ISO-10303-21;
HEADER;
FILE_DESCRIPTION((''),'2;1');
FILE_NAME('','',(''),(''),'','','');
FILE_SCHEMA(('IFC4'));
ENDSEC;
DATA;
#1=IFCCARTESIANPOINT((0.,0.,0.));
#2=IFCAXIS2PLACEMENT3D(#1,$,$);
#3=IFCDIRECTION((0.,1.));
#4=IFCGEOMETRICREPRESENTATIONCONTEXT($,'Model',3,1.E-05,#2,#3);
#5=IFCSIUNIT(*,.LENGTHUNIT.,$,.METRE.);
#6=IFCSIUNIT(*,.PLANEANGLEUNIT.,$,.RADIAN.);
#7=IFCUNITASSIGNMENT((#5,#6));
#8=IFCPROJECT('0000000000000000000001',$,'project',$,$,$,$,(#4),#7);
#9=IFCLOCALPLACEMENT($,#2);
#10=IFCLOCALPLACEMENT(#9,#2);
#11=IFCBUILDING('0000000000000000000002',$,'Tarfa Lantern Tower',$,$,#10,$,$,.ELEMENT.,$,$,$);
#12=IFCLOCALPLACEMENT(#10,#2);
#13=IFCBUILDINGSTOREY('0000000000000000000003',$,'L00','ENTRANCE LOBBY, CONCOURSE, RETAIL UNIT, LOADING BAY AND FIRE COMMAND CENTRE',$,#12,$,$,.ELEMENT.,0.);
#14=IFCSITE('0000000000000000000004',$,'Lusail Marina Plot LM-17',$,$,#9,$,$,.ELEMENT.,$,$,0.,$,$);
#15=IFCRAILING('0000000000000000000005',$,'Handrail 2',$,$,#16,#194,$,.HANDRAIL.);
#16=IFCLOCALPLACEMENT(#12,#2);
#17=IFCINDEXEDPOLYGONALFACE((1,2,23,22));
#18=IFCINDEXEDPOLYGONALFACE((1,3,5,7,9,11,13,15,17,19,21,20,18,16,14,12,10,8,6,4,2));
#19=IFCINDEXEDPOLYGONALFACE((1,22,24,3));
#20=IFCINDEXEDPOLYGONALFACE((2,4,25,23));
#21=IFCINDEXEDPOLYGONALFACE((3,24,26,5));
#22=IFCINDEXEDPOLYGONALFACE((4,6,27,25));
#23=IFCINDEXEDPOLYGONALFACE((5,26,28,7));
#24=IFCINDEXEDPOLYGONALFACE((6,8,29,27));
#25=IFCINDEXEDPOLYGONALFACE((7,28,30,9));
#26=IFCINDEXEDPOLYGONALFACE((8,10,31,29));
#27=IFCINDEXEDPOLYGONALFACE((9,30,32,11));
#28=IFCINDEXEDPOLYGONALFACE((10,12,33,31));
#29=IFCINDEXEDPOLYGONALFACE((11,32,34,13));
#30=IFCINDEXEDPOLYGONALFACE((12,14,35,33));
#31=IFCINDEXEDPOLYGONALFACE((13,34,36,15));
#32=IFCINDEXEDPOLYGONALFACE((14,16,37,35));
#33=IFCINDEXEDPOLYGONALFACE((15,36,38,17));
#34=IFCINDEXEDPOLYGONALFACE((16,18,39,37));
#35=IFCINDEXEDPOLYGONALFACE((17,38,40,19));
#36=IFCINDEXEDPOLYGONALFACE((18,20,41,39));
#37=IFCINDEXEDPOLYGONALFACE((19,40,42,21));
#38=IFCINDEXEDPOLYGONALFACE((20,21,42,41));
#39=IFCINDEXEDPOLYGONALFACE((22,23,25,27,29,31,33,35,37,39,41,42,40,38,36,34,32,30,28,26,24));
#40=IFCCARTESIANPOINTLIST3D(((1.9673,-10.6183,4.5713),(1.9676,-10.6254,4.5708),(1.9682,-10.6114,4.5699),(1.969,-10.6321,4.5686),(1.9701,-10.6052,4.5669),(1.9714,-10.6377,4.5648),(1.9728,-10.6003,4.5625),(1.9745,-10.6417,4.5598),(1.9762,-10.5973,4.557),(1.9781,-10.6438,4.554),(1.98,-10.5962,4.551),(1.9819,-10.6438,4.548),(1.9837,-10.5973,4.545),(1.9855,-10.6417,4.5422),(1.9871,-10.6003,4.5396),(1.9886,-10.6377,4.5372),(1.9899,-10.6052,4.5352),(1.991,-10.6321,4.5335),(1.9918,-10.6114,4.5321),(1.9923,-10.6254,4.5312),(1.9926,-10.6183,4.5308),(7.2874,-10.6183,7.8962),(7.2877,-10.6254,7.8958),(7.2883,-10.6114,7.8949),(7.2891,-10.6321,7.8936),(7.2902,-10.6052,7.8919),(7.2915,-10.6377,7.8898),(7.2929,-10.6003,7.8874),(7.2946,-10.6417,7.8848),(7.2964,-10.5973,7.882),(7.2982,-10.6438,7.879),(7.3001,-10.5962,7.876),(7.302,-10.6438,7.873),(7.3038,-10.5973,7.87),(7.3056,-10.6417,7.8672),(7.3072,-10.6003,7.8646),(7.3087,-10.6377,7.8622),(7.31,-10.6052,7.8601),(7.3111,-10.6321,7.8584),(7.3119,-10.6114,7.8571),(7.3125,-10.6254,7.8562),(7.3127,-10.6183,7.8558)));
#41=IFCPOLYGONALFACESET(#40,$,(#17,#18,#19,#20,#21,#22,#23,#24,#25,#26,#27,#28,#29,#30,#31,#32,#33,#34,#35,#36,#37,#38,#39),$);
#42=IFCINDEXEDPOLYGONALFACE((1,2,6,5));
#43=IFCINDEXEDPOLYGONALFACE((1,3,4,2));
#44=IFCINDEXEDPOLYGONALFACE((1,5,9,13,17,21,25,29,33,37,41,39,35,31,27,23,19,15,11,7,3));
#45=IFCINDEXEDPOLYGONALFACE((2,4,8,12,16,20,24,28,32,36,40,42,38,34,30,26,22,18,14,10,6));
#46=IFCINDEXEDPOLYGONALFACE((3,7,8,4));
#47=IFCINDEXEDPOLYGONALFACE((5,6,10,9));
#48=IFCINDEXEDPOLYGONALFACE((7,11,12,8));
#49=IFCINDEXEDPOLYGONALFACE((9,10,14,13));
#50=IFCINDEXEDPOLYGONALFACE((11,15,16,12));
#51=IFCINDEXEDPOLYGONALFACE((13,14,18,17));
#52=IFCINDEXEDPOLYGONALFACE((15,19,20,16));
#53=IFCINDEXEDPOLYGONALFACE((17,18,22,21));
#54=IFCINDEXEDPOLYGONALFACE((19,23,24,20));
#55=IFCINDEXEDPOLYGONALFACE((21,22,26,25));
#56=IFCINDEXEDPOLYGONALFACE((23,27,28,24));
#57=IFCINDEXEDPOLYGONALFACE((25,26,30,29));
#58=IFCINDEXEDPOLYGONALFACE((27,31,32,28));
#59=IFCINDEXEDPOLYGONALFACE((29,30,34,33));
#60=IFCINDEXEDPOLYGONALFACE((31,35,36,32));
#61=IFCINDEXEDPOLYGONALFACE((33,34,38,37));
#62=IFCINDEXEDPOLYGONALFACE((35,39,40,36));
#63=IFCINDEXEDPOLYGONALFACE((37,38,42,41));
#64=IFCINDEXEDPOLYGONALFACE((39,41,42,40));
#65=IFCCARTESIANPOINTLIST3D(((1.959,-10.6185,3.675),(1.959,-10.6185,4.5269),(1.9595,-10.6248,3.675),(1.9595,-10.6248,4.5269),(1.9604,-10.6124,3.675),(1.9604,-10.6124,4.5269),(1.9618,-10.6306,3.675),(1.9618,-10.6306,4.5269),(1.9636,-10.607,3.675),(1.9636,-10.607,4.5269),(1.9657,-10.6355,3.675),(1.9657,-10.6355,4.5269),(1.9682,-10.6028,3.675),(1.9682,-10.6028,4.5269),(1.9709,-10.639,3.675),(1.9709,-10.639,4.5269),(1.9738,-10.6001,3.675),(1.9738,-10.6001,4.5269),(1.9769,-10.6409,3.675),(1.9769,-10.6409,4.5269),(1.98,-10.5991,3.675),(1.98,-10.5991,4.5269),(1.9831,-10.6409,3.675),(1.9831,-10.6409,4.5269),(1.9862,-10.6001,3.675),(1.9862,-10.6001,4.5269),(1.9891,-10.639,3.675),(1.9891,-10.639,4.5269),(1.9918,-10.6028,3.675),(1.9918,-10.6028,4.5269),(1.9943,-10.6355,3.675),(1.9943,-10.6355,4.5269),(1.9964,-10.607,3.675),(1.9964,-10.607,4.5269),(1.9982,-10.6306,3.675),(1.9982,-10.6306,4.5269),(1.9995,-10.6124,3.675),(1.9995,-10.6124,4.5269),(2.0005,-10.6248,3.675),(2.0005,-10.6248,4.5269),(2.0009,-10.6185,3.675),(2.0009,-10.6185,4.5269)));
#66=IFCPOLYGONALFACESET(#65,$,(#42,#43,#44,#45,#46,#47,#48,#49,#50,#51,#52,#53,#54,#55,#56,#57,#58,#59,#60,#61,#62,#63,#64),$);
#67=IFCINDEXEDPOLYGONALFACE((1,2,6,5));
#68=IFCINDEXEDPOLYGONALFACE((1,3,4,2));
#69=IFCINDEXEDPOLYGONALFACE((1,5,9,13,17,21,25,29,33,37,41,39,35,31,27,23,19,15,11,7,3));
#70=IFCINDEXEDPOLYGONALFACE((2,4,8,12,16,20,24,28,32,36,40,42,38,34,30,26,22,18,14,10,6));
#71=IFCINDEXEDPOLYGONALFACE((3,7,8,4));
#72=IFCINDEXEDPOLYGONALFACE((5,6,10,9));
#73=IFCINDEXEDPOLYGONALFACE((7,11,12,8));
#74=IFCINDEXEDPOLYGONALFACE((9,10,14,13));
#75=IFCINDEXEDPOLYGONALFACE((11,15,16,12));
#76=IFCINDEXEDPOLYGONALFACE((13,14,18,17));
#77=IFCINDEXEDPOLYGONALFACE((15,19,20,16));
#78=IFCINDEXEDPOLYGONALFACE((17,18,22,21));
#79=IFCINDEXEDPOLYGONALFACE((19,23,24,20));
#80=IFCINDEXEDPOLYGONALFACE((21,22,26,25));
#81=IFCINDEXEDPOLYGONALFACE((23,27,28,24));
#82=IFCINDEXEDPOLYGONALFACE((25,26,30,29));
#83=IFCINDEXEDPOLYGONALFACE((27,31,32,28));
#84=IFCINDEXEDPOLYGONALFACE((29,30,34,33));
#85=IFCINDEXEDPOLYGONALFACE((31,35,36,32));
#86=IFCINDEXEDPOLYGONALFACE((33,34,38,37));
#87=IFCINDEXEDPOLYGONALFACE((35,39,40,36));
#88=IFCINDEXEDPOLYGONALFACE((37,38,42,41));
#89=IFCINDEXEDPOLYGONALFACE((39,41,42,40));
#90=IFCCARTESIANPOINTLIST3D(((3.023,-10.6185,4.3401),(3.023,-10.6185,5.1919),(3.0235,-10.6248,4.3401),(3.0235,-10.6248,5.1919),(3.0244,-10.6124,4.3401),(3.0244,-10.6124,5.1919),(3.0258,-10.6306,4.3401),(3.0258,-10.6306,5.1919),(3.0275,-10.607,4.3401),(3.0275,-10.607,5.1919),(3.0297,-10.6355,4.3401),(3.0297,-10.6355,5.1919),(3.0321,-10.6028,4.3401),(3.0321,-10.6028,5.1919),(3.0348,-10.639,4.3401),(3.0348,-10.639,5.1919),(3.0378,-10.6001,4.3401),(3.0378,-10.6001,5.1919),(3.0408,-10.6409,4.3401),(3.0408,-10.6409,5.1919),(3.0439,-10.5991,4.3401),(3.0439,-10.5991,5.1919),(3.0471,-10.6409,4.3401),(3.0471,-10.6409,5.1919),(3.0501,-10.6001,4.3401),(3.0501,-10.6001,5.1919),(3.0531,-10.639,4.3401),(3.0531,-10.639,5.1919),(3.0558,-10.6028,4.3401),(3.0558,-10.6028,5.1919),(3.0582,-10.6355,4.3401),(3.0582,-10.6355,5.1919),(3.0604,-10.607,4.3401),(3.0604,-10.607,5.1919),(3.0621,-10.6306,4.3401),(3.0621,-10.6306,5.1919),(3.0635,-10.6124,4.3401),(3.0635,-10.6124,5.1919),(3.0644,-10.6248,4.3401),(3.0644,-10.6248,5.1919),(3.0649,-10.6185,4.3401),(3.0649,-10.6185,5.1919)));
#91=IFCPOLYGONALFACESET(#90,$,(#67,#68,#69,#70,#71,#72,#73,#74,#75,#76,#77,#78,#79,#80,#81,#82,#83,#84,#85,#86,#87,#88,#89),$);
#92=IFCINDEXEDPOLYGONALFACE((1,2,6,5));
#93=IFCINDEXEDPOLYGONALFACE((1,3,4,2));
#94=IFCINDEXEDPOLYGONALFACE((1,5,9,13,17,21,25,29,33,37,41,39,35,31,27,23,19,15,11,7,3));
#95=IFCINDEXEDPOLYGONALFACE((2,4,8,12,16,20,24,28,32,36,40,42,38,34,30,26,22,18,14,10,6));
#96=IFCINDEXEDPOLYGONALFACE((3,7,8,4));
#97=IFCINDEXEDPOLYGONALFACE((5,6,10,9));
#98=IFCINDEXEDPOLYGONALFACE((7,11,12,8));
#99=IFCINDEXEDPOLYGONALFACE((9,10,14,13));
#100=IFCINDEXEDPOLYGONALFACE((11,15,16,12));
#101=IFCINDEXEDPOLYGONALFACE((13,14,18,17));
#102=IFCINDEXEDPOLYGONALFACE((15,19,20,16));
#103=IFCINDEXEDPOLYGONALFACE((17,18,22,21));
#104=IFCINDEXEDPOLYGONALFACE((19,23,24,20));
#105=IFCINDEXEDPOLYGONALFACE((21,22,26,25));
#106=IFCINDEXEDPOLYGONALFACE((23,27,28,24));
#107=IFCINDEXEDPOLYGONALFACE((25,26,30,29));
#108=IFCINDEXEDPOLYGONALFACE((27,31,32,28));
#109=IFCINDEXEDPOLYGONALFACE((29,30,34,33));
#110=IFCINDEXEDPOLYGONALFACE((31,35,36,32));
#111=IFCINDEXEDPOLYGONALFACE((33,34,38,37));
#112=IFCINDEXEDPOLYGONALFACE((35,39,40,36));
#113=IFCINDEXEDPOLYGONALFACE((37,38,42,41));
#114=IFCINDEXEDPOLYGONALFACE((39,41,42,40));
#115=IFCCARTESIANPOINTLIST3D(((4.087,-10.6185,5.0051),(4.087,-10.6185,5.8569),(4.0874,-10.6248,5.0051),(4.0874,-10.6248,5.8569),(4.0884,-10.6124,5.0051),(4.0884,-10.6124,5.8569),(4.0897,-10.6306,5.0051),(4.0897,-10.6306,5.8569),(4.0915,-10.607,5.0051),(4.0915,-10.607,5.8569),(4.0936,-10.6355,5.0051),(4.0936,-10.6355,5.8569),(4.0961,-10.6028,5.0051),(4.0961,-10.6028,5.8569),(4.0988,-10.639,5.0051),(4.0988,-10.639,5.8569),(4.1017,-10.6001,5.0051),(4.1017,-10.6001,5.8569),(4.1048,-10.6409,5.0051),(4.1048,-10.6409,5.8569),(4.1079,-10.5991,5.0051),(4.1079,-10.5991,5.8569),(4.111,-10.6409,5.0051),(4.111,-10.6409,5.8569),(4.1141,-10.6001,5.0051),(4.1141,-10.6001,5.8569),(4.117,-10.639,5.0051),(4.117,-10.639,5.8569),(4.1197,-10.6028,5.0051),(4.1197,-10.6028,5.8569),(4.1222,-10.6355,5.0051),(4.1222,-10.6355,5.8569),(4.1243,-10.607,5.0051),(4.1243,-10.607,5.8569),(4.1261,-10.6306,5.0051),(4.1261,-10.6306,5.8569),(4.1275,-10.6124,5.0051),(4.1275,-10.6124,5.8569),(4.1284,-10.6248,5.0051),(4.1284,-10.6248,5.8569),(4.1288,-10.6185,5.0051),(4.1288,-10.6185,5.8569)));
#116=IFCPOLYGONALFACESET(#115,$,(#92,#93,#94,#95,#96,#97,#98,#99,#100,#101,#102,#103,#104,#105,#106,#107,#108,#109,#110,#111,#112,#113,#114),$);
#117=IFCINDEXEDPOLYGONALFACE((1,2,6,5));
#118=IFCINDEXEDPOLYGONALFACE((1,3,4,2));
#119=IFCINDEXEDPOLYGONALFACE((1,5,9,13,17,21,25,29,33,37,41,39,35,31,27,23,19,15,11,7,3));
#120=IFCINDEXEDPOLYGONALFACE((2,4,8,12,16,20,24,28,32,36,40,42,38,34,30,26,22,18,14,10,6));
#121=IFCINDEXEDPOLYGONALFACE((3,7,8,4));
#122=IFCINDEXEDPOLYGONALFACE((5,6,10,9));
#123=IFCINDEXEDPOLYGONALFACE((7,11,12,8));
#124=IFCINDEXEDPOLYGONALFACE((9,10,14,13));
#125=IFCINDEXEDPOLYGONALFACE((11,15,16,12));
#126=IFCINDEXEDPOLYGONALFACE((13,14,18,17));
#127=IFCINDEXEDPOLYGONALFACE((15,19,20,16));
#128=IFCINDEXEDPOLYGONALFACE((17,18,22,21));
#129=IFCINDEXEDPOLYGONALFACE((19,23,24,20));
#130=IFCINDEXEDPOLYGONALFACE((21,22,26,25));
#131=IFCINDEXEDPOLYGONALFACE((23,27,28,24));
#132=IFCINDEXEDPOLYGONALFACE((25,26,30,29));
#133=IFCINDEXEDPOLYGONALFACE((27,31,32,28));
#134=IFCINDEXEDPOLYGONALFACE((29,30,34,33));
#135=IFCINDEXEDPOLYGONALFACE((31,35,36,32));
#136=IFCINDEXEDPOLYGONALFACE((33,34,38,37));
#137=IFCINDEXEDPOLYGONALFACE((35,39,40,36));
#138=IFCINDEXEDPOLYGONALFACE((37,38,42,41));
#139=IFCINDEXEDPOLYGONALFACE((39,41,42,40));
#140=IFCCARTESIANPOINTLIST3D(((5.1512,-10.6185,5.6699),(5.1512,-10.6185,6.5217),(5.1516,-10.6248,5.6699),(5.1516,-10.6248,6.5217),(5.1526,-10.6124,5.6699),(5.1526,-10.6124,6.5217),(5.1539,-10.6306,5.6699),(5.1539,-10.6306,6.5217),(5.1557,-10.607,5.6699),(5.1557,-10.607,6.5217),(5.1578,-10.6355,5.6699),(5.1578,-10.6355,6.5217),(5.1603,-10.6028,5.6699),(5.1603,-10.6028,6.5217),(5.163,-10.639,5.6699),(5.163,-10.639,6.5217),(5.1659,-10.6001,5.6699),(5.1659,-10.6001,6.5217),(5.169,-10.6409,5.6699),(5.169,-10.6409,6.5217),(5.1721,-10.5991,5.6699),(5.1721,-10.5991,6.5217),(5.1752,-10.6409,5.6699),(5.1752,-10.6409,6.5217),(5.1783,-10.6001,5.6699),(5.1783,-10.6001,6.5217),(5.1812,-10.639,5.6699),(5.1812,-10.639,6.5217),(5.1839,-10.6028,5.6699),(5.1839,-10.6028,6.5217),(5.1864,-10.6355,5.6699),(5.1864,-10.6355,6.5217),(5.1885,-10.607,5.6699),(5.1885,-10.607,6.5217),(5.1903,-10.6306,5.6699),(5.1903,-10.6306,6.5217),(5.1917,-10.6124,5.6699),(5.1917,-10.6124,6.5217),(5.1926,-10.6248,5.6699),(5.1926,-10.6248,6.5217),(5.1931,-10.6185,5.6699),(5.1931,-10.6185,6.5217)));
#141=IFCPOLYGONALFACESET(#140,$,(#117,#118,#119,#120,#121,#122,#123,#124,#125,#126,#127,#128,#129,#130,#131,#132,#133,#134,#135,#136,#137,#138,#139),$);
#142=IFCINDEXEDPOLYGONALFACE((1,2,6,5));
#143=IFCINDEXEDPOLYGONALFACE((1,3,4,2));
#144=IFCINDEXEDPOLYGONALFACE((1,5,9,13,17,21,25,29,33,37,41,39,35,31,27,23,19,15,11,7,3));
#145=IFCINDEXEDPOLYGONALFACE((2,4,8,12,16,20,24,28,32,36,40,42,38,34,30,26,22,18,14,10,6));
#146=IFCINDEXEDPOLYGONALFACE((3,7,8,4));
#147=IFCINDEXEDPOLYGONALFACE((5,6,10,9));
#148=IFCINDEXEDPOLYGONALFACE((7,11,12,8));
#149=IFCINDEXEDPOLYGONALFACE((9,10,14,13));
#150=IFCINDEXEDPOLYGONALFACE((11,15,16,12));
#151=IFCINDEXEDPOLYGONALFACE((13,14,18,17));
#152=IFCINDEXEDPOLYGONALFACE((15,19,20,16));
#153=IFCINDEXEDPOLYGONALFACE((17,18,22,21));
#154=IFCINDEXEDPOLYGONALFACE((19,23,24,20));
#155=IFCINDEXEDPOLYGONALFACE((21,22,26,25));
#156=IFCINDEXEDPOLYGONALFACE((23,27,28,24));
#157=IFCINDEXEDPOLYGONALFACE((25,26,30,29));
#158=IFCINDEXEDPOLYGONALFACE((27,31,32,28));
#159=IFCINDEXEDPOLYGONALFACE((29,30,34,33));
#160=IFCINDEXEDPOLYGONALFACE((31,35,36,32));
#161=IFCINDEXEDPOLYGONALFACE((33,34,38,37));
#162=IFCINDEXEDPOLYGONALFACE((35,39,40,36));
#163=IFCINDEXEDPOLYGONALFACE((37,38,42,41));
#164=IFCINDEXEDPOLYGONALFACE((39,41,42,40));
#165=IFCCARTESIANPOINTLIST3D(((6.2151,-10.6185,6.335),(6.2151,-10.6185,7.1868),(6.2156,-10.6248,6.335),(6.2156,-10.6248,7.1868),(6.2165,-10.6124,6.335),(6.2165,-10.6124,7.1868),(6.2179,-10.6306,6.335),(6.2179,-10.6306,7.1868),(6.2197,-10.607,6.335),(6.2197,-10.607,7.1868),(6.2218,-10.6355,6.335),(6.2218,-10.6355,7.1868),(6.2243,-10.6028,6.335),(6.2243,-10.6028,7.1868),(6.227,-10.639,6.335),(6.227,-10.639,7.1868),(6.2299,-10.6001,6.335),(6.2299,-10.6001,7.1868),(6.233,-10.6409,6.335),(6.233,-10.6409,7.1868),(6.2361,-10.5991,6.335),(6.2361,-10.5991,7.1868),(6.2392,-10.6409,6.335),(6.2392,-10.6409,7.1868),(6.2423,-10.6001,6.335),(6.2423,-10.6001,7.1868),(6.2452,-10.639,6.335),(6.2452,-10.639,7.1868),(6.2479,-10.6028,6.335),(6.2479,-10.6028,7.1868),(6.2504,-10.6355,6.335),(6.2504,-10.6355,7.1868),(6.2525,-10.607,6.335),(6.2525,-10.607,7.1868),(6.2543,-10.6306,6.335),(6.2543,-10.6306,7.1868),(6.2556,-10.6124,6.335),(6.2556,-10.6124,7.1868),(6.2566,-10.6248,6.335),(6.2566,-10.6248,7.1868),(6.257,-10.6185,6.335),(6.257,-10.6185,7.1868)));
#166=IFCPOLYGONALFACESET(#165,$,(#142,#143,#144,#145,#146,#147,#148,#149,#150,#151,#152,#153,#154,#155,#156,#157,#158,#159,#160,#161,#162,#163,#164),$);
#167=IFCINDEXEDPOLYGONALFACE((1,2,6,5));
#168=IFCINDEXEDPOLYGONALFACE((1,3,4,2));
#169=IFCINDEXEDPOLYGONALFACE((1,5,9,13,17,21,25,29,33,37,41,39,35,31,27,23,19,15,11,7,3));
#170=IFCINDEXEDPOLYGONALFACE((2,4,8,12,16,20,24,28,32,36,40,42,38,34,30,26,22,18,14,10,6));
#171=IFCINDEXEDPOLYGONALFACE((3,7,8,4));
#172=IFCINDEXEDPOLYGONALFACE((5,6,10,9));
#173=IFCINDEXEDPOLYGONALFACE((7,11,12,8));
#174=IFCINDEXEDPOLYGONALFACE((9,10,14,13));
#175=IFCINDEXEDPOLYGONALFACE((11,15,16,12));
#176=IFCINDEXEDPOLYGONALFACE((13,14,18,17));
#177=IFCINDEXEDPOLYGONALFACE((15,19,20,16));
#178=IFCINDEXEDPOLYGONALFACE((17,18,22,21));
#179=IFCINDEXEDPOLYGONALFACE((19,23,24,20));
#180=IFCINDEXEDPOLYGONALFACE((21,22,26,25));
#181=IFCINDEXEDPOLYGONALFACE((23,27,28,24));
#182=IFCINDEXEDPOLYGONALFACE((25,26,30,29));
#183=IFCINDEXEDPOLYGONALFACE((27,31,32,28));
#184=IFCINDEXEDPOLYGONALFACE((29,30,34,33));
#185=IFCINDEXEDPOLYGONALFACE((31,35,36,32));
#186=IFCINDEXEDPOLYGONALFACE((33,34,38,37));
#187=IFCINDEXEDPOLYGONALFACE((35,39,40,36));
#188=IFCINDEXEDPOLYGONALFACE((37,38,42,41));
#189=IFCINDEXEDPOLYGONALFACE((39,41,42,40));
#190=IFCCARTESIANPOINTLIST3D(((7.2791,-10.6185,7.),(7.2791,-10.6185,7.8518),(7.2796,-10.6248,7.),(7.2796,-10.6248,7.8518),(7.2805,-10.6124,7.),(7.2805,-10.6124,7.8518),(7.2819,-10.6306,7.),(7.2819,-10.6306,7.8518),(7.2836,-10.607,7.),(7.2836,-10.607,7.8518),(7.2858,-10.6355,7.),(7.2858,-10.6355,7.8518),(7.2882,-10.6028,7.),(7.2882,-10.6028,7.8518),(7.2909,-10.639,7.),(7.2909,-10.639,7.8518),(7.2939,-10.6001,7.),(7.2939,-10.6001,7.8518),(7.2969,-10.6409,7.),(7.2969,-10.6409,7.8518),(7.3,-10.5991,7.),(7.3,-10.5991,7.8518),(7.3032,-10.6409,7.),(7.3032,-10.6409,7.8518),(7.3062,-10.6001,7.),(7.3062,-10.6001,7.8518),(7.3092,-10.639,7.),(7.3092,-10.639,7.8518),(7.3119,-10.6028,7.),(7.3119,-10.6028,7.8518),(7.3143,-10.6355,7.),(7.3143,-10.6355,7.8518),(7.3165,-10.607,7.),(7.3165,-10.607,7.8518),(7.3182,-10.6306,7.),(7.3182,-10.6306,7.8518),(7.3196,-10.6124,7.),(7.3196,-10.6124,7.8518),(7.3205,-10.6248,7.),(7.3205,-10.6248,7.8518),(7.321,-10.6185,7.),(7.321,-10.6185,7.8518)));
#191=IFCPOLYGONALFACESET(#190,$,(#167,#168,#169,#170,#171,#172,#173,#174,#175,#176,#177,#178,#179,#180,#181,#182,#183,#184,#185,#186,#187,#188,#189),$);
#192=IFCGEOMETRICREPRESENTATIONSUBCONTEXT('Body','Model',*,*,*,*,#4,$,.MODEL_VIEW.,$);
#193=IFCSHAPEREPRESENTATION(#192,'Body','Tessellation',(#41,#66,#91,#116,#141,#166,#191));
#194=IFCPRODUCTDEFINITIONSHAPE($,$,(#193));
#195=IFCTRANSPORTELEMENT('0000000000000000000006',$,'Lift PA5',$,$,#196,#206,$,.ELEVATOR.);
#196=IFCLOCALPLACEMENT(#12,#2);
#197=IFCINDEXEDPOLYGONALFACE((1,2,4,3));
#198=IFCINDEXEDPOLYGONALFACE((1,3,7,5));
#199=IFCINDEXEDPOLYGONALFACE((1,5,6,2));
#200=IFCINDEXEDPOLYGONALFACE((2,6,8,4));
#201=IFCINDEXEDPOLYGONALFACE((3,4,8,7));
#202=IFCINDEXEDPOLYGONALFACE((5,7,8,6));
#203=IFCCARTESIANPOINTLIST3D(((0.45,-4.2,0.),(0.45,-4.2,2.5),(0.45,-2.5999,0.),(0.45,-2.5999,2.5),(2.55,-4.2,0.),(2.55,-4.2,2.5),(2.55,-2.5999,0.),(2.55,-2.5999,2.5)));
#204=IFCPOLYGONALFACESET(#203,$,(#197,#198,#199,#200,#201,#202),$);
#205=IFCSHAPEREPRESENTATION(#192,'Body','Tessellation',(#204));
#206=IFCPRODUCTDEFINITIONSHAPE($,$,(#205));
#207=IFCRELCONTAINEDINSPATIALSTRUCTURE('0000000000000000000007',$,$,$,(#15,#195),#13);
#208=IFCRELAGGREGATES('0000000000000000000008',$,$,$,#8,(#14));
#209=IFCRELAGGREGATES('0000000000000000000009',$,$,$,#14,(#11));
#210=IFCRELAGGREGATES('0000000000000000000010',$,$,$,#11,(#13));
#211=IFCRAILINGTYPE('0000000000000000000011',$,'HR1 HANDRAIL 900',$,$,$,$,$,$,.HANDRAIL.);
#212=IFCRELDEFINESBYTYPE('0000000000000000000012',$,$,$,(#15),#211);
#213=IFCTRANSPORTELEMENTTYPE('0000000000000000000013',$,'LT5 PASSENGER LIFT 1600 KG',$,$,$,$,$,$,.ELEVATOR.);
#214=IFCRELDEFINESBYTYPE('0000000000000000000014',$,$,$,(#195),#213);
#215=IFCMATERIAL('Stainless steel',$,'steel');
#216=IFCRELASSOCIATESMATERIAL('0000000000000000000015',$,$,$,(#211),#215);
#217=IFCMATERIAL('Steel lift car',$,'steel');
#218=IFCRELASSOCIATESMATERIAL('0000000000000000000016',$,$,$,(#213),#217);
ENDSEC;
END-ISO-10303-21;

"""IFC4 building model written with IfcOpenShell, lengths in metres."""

from ifc_helpers import new_model, si_unit, direction, frame, origin, origin_2d, place, context, subcontext, project, spatial, rectangle, circle, extrude, material, type_object, element, save


model = new_model("IFC4")

# Units and contexts
model_context = context("Model", 3, precision=1e-05, world=origin(), true_north=direction((0.0, 1.0)))
body_context = subcontext(model_context, "Body", "Model", "MODEL_VIEW")
ifc_project = project(units=[si_unit("LENGTHUNIT", "METRE"), si_unit("PLANEANGLEUNIT", "RADIAN")], contexts=[model_context])

# Site, building, storey
site_placement = place(None, origin())
site = spatial("IfcSite", under=ifc_project, at=site_placement, Name="Lusail Marina Plot LM-17", CompositionType="ELEMENT", RefElevation=0.0)
building_placement = place(site_placement, origin())
building = spatial("IfcBuilding", under=site, at=building_placement, Name="Tarfa Lantern Tower", CompositionType="ELEMENT")
storey_placement = place(building_placement, origin())
storey = spatial("IfcBuildingStorey", under=building, at=storey_placement, Name="L00", Description="ENTRANCE LOBBY, CONCOURSE, RETAIL UNIT, LOADING BAY AND FIRE COMMAND CENTRE", CompositionType="ELEMENT", Elevation=0.0)

# Railing
ifc_material_1 = material(Name="Stainless steel", Category="steel")
railing_type = type_object("IfcRailingType", Name="HR1 HANDRAIL 900", PredefinedType="HANDRAIL", material=ifc_material_1)
railing_1_placement = place(storey_placement, frame((1.98, -10.6201, 3.675)))
element("IfcRailing", 1, at=railing_1_placement, inside=storey, type_object=railing_type, Name="Handrail 2", PredefinedType="HANDRAIL", context=body_context, shape_type="SweptSolid", body=[
    extrude(circle(Radius=0.0239, at=origin_2d()), frame((0.0, 0.0, 0.876), z_axis=(0.848005, 0.0, 0.529988), x_axis=(0.0, 1.0, 0.0)), (0.0, 0.0, 1.0), 6.2737),
    extrude(circle(Radius=0.021, at=origin_2d()), frame((0.0, 0.0, 0.0), z_axis=(0.0, 0.0, 1.0), x_axis=(0.0, 1.0, 0.0)), (0.0, 0.0, 1.0), 0.8518),
    extrude(circle(Radius=0.021, at=origin_2d()), frame((1.064, 0.0, 0.665), z_axis=(0.0, 0.0, 1.0), x_axis=(0.0, 1.0, 0.0)), (0.0, 0.0, 1.0), 0.8518),
    extrude(circle(Radius=0.021, at=origin_2d()), frame((2.1279, 0.0, 1.3301), z_axis=(0.0, 0.0, 1.0), x_axis=(0.0, 1.0, 0.0)), (0.0, 0.0, 1.0), 0.8518),
    extrude(circle(Radius=0.021, at=origin_2d()), frame((3.1921, 0.0, 1.9949), z_axis=(0.0, 0.0, 1.0), x_axis=(0.0, 1.0, 0.0)), (0.0, 0.0, 1.0), 0.8518),
    extrude(circle(Radius=0.021, at=origin_2d()), frame((4.2561, 0.0, 2.6599), z_axis=(0.0, 0.0, 1.0), x_axis=(0.0, 1.0, 0.0)), (0.0, 0.0, 1.0), 0.8518),
    extrude(circle(Radius=0.021, at=origin_2d()), frame((5.3201, 0.0, 3.325), z_axis=(0.0, 0.0, 1.0), x_axis=(0.0, 1.0, 0.0)), (0.0, 0.0, 1.0), 0.8518),
])

# Transport element
ifc_material_2 = material(Name="Steel lift car", Category="steel")
transport_element_type = type_object("IfcTransportElementType", Name="LT5 PASSENGER LIFT 1600 KG", PredefinedType="ELEVATOR", material=ifc_material_2)
transport_element_placement = place(storey_placement, frame((1.5, -3.3999, 0.0), z_axis=(0.0, 0.0, 1.0), x_axis=(1.0, 0.0, 0.0)))
element("IfcTransportElement", 2, at=transport_element_placement, inside=storey, type_object=transport_element_type, Name="Lift PA5", PredefinedType="ELEVATOR", context=body_context, shape_type="SweptSolid", body=[
    extrude(rectangle(XDim=2.1001, YDim=1.6001, at=origin_2d()), origin(), (0.0, 0.0, 1.0), 2.5),
])

save(model, "model.ifc")
